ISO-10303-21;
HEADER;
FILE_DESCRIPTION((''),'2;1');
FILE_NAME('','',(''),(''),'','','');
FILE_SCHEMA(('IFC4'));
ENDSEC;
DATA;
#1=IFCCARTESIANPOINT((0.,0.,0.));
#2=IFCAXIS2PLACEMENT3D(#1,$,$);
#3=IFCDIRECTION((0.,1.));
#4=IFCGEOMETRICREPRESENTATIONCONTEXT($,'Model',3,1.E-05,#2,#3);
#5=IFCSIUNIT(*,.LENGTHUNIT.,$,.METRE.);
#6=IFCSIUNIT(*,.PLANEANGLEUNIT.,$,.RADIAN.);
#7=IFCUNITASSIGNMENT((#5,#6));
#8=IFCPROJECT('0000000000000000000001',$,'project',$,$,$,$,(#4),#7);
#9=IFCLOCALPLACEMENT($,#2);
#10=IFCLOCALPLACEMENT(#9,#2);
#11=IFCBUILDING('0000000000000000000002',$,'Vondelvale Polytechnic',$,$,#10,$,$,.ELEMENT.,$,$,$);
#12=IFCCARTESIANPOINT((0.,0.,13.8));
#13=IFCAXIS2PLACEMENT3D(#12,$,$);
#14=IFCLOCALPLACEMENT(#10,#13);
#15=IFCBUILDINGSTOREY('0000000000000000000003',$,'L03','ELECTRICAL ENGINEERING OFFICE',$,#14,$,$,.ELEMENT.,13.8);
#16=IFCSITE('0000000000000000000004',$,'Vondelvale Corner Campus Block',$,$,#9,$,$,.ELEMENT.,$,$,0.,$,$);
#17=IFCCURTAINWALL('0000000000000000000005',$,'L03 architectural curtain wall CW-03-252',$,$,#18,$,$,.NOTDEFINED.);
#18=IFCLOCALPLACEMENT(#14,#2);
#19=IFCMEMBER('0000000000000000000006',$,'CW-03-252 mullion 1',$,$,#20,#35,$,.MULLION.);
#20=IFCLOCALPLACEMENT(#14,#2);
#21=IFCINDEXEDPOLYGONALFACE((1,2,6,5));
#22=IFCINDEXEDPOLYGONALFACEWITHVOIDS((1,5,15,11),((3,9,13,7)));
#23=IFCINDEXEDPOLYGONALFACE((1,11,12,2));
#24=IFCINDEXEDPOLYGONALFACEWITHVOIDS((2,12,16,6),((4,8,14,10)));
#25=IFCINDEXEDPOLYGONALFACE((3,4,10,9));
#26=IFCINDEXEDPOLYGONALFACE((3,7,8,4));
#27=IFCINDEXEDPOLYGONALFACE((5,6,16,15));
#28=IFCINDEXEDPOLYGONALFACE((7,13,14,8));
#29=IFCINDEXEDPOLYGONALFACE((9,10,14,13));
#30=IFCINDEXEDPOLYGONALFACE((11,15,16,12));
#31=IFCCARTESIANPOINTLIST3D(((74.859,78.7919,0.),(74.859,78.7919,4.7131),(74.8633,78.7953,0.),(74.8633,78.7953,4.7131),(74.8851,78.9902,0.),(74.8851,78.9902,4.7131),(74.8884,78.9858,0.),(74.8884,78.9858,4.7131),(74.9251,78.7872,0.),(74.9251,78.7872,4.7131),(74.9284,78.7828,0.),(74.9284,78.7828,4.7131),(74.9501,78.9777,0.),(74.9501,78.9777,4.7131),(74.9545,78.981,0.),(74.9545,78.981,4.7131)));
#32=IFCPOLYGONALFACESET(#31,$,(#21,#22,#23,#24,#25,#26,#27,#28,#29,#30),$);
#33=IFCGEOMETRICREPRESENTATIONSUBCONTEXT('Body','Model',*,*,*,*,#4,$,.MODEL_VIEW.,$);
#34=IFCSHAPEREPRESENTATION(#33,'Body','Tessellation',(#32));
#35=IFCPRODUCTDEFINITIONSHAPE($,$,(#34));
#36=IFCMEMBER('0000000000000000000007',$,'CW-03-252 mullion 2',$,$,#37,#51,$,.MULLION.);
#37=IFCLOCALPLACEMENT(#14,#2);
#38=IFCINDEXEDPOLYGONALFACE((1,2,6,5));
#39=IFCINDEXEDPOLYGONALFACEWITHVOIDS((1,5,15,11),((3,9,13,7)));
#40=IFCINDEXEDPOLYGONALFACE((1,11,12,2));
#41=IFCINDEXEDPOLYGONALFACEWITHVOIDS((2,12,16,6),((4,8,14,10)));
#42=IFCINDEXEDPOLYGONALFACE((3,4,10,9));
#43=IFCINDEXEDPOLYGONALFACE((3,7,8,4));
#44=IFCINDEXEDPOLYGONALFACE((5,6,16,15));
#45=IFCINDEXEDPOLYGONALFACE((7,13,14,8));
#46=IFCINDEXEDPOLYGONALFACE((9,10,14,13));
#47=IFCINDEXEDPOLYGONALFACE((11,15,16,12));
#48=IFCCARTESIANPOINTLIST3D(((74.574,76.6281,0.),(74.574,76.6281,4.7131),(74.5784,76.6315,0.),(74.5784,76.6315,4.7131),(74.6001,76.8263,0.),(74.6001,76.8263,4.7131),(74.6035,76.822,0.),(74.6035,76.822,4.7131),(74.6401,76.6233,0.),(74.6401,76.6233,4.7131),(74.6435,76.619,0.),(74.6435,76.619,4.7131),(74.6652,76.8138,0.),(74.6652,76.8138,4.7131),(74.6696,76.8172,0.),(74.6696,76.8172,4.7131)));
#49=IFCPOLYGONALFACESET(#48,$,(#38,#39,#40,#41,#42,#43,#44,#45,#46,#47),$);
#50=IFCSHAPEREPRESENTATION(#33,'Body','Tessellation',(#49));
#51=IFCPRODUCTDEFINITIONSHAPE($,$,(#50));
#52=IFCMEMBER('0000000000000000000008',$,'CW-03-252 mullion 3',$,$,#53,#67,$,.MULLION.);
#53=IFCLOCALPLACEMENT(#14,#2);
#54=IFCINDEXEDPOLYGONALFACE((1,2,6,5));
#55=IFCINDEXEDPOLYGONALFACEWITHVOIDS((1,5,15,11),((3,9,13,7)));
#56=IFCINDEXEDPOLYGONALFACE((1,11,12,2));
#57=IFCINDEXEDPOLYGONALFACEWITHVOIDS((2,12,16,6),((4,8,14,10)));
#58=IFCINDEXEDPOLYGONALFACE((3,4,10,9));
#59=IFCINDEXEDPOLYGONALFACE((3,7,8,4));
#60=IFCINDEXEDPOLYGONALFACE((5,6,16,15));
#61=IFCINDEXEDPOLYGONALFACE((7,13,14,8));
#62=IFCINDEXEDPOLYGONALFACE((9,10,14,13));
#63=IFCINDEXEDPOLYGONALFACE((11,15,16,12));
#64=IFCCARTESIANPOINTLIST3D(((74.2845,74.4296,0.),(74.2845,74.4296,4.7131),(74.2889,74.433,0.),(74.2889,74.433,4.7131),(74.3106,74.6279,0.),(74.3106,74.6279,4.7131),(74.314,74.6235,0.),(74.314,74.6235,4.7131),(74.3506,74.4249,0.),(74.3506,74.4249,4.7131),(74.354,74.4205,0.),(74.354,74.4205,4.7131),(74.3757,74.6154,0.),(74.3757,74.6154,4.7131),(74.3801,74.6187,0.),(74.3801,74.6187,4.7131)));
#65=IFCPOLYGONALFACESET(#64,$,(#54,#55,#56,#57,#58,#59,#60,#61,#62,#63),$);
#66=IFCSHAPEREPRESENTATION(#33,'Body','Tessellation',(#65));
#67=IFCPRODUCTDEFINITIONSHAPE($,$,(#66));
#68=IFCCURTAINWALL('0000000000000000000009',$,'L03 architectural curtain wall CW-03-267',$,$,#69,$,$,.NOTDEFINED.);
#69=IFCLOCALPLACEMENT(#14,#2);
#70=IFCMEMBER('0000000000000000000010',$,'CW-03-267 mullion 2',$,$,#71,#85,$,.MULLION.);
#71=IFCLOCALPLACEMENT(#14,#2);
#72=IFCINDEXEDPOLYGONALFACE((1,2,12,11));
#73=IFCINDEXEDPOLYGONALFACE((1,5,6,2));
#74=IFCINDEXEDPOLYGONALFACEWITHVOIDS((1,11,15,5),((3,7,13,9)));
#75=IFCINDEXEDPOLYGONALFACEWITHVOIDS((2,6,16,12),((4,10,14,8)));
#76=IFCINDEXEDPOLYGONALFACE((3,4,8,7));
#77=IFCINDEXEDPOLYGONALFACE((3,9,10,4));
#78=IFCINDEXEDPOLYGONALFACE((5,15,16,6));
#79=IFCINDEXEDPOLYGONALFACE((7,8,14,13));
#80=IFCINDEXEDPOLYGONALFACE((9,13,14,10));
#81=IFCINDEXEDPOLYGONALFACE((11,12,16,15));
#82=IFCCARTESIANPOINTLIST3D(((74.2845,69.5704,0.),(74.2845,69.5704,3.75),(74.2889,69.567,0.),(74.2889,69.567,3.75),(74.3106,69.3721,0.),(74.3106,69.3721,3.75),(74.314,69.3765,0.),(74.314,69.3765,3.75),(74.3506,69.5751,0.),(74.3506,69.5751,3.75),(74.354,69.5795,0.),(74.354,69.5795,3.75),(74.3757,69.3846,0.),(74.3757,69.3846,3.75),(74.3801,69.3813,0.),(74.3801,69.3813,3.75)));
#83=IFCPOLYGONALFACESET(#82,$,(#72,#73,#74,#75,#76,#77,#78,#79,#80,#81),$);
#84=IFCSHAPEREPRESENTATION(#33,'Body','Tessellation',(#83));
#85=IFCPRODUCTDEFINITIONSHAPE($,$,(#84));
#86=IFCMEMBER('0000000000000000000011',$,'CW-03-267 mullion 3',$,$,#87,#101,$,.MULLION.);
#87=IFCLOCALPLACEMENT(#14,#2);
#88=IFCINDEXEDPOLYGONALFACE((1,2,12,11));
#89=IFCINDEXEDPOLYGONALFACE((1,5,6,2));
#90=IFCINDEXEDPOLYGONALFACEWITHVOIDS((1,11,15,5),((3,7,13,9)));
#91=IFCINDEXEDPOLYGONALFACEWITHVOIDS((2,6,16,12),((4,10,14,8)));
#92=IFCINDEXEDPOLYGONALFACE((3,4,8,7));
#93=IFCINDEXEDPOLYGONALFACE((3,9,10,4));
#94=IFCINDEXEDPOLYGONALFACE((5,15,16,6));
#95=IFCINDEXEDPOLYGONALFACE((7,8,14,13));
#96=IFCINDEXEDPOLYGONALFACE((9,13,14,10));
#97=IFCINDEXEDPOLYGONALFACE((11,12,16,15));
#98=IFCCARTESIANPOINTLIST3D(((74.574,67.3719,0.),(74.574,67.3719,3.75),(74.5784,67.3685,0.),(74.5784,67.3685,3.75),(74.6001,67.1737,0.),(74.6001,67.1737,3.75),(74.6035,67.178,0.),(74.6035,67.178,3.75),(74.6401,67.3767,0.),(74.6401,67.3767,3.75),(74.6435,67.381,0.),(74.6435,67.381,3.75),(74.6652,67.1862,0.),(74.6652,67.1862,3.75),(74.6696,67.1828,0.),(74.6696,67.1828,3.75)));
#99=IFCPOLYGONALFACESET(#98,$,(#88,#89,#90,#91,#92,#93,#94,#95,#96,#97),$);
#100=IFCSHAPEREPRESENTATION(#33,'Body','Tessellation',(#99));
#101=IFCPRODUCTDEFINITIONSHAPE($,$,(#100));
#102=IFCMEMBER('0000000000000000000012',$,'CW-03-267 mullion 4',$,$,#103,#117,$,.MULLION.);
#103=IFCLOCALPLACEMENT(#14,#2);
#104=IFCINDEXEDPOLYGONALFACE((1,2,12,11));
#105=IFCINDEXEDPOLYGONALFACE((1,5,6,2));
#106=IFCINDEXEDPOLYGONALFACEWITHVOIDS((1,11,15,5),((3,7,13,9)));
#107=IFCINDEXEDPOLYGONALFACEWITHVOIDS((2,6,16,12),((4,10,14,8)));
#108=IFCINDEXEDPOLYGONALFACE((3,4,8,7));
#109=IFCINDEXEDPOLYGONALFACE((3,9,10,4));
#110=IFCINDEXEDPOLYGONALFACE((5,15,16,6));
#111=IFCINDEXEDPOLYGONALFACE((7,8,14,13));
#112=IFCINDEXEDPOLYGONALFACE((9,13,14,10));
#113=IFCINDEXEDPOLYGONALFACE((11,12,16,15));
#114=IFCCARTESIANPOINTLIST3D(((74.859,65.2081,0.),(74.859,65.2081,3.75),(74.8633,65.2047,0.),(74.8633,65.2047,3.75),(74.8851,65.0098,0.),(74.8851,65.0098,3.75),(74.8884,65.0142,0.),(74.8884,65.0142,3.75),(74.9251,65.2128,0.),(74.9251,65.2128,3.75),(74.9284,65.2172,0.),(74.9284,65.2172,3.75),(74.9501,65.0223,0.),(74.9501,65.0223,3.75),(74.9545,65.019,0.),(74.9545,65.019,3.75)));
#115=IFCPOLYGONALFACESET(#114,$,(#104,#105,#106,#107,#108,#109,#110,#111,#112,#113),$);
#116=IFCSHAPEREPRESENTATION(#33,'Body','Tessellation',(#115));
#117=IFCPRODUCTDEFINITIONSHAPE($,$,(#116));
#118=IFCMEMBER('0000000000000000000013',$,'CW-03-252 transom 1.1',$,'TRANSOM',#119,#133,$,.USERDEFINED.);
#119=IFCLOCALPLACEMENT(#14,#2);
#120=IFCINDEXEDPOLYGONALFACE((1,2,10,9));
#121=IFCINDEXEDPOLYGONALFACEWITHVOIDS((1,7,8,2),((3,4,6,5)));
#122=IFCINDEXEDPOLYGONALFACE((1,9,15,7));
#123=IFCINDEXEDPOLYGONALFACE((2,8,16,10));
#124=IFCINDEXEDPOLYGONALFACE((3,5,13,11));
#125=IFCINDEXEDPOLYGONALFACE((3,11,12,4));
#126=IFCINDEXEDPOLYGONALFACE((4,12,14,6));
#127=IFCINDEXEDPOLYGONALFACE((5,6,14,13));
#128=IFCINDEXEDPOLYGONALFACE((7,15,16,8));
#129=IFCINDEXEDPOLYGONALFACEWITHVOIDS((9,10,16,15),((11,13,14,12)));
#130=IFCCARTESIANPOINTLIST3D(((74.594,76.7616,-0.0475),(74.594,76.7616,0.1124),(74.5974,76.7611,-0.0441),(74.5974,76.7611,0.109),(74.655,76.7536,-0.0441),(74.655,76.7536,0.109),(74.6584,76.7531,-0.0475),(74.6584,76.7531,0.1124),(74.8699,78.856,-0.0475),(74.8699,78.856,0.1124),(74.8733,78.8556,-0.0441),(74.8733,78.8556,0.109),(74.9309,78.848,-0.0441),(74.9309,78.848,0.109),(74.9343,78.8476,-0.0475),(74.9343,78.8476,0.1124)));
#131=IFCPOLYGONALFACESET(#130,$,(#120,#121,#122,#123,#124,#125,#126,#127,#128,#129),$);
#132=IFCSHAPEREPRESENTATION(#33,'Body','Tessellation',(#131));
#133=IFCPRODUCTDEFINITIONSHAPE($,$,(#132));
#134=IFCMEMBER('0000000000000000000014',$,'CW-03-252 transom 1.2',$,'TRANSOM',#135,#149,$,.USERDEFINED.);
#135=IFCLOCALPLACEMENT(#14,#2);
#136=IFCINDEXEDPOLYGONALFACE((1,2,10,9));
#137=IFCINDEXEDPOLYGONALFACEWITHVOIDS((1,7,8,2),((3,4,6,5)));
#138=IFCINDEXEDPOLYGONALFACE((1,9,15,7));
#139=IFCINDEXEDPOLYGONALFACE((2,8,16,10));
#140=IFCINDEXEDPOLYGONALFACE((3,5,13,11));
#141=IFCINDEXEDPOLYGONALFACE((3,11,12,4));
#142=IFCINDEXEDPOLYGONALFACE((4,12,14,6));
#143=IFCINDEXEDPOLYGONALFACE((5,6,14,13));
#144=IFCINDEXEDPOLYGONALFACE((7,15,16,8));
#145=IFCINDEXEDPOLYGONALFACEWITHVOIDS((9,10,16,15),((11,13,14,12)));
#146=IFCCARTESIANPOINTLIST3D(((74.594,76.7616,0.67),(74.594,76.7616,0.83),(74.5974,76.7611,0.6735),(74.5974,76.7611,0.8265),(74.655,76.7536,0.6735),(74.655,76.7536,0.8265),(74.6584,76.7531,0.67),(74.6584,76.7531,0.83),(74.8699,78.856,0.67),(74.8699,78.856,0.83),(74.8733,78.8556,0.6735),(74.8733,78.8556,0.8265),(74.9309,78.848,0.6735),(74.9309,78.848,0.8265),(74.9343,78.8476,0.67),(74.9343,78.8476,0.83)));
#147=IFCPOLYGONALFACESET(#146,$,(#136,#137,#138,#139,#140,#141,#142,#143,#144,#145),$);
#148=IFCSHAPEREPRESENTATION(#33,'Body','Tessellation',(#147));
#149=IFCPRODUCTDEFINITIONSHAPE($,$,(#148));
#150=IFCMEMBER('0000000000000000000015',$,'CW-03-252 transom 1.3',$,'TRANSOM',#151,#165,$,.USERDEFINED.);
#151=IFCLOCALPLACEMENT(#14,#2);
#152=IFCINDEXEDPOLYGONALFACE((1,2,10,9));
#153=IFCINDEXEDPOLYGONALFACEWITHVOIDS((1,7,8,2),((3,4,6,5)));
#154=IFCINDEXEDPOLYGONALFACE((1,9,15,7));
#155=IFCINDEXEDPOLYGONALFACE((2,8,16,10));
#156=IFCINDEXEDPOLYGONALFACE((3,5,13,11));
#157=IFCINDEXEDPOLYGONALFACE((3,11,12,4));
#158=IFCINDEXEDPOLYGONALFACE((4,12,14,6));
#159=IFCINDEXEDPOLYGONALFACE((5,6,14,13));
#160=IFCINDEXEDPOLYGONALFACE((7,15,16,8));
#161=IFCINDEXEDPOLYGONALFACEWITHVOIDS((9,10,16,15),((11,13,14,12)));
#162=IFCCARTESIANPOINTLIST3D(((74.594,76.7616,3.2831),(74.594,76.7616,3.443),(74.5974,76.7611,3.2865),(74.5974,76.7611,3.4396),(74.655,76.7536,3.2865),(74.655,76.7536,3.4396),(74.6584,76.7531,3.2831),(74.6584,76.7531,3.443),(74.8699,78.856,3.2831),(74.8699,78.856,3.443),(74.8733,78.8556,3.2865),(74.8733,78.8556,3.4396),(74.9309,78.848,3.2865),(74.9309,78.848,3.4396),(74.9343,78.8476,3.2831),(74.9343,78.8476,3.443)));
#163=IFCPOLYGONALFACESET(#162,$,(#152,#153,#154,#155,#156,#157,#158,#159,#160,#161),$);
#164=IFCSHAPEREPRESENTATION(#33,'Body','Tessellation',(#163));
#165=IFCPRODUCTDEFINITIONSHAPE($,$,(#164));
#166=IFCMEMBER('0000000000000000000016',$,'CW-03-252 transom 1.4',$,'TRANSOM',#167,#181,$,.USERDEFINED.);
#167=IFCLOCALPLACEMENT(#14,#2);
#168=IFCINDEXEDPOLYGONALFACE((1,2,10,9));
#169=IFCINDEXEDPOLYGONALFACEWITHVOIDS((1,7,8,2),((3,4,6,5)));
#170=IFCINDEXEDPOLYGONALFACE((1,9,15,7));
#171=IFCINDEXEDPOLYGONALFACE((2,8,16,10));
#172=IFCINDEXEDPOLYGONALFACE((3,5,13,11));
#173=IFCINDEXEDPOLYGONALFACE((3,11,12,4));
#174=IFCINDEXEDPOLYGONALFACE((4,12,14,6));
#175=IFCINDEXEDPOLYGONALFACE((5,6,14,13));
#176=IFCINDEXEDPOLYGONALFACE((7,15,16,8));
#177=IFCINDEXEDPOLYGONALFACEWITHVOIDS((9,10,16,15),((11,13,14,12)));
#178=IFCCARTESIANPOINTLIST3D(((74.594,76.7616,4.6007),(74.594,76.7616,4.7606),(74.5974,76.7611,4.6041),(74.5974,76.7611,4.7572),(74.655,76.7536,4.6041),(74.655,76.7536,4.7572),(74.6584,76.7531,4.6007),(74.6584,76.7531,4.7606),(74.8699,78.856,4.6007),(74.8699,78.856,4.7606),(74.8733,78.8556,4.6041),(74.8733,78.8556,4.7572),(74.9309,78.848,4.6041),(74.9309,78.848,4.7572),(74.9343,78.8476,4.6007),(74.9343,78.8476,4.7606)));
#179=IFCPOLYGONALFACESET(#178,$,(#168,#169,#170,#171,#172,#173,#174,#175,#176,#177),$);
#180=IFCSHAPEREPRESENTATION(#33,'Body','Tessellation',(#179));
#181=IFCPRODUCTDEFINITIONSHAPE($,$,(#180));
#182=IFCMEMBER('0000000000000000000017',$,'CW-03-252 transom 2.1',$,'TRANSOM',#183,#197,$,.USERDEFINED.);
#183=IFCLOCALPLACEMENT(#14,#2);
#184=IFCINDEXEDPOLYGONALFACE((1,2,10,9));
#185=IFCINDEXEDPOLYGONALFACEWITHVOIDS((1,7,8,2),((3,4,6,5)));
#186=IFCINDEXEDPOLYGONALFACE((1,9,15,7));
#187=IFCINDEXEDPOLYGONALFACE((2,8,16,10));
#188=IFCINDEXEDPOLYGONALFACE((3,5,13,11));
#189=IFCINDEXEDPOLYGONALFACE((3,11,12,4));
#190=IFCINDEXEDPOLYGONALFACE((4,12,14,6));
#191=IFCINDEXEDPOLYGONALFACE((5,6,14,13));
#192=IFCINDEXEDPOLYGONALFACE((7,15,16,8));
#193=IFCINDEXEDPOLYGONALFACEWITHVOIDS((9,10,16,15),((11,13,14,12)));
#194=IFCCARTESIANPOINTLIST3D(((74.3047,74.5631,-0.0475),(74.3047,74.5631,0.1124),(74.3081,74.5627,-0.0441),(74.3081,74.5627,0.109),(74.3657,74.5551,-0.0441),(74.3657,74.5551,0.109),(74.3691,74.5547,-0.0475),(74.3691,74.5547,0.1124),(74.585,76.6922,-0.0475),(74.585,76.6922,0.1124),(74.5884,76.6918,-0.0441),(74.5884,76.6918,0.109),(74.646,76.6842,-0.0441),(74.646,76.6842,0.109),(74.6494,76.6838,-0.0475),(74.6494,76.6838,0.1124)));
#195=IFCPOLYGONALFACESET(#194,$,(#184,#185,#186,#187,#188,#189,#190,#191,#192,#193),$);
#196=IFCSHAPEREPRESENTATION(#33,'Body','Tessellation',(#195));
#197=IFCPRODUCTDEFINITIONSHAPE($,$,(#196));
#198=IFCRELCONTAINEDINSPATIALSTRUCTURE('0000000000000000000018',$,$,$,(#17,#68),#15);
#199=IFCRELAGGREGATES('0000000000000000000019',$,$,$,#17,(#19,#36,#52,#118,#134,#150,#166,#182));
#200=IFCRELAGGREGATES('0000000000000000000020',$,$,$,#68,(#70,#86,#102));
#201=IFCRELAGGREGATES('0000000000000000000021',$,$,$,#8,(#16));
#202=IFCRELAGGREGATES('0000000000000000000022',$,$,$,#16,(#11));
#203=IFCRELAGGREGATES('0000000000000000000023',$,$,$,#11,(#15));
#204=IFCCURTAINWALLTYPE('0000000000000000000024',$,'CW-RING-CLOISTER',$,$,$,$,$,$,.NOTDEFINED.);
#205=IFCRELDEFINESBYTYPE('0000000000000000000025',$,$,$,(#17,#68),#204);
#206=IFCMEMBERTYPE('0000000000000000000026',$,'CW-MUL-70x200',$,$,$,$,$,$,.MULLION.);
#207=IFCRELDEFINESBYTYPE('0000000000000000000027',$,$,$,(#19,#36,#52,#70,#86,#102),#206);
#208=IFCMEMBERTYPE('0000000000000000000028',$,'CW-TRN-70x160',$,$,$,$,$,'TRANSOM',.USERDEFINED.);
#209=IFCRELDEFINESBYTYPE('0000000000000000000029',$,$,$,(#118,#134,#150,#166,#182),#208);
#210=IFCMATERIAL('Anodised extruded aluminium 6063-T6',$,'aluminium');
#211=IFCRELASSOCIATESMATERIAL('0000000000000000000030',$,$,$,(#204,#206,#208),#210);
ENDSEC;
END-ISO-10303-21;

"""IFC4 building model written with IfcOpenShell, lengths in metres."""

from ifc_helpers import new_model, si_unit, direction, frame, origin, origin_2d, place, context, subcontext, project, spatial, hollow_rectangle, extrude, material, material_profile, profile_set, type_object, element, aggregate, save


model = new_model("IFC4")

# Units and contexts
model_context = context("Model", 3, precision=1e-05, world=origin(), true_north=direction((0.0, 1.0)))
body_context = subcontext(model_context, "Body", "Model", "MODEL_VIEW")
ifc_project = project(units=[si_unit("LENGTHUNIT", "METRE"), si_unit("PLANEANGLEUNIT", "RADIAN")], contexts=[model_context])

# Site, building, storey
site_placement = place(None, origin())
site = spatial("IfcSite", under=ifc_project, at=site_placement, Name="Vondelvale Corner Campus Block", CompositionType="ELEMENT", RefElevation=0.0)
building_placement = place(site_placement, origin())
building = spatial("IfcBuilding", under=site, at=building_placement, Name="Vondelvale Polytechnic", CompositionType="ELEMENT")
storey_placement = place(building_placement, frame((0.0, 0.0, 13.8)))
storey = spatial("IfcBuildingStorey", under=building, at=storey_placement, Name="L03", Description="ELECTRICAL ENGINEERING OFFICE", CompositionType="ELEMENT", Elevation=13.8)

# Curtain walls, members
ifc_material_1 = material(Name="Anodised extruded aluminium 6063-T6", Category="aluminium")
curtain_wall_type = type_object("IfcCurtainWallType", Name="CW-RING-CLOISTER", PredefinedType="NOTDEFINED", material=ifc_material_1)
curtain_wall_1_placement = place(storey_placement, origin())
curtain_wall_1 = element("IfcCurtainWall", 1, at=curtain_wall_1_placement, inside=storey, type_object=curtain_wall_type, Name="L03 architectural curtain wall CW-03-252", PredefinedType="NOTDEFINED")
ifc_material_profile_1 = material_profile(ifc_material_1, hollow_rectangle(XDim=0.0701, YDim=0.2, WallThickness=0.0039, at=origin_2d()), Name="CW-MUL-200x70")
ifc_profile_set_1 = profile_set([ifc_material_profile_1], Name="Anodised extruded aluminium 6063-T6")
member_type_1 = type_object("IfcMemberType", Name="CW-MUL-70x200", PredefinedType="MULLION", material=ifc_profile_set_1)
member_1_placement = place(storey_placement, frame((74.9067, 78.8865, 0.0), z_axis=(0.0, 0.0, 1.0), x_axis=(0.991445, -0.130528, 0.0)))
member_1 = element("IfcMember", 2, at=member_1_placement, type_object=member_type_1, Name="CW-03-252 mullion 1", PredefinedType="MULLION", context=body_context, shape_type="SweptSolid", body=[
    extrude(hollow_rectangle(XDim=0.0701, YDim=0.2, WallThickness=0.0039, at=origin_2d()), origin(), (0.0, 0.0, 1.0), 4.7131),
])
member_2_placement = place(storey_placement, frame((74.6218, 76.7227, 0.0), z_axis=(0.0, 0.0, 1.0), x_axis=(0.991445, -0.130528, 0.0)))
member_2 = element("IfcMember", 3, at=member_2_placement, type_object=member_type_1, Name="CW-03-252 mullion 2", PredefinedType="MULLION", context=body_context, shape_type="SweptSolid", body=[
    extrude(hollow_rectangle(XDim=0.0701, YDim=0.2, WallThickness=0.0039, at=origin_2d()), origin(), (0.0, 0.0, 1.0), 4.7131),
])
member_3_placement = place(storey_placement, frame((74.3323, 74.5242, 0.0), z_axis=(0.0, 0.0, 1.0), x_axis=(0.991445, -0.130528, 0.0)))
member_3 = element("IfcMember", 4, at=member_3_placement, type_object=member_type_1, Name="CW-03-252 mullion 3", PredefinedType="MULLION", context=body_context, shape_type="SweptSolid", body=[
    extrude(hollow_rectangle(XDim=0.0701, YDim=0.2, WallThickness=0.0039, at=origin_2d()), origin(), (0.0, 0.0, 1.0), 4.7131),
])
curtain_wall_2_placement = place(storey_placement, origin())
curtain_wall_2 = element("IfcCurtainWall", 5, at=curtain_wall_2_placement, inside=storey, type_object=curtain_wall_type, Name="L03 architectural curtain wall CW-03-267", PredefinedType="NOTDEFINED")
member_4_placement = place(storey_placement, frame((74.3323, 69.4758, 0.0), z_axis=(0.0, 0.0, 1.0), x_axis=(0.991445, 0.130528, 0.0)))
member_4 = element("IfcMember", 6, at=member_4_placement, type_object=member_type_1, Name="CW-03-267 mullion 2", PredefinedType="MULLION", context=body_context, shape_type="SweptSolid", body=[
    extrude(hollow_rectangle(XDim=0.0701, YDim=0.2, WallThickness=0.0039, at=origin_2d()), origin(), (0.0, 0.0, 1.0), 3.75),
])
member_5_placement = place(storey_placement, frame((74.6218, 67.2773, 0.0), z_axis=(0.0, 0.0, 1.0), x_axis=(0.991445, 0.130528, 0.0)))
member_5 = element("IfcMember", 7, at=member_5_placement, type_object=member_type_1, Name="CW-03-267 mullion 3", PredefinedType="MULLION", context=body_context, shape_type="SweptSolid", body=[
    extrude(hollow_rectangle(XDim=0.0701, YDim=0.2, WallThickness=0.0039, at=origin_2d()), origin(), (0.0, 0.0, 1.0), 3.75),
])
member_6_placement = place(storey_placement, frame((74.9067, 65.1135, 0.0), z_axis=(0.0, 0.0, 1.0), x_axis=(0.991445, 0.130528, 0.0)))
member_6 = element("IfcMember", 8, at=member_6_placement, type_object=member_type_1, Name="CW-03-267 mullion 4", PredefinedType="MULLION", context=body_context, shape_type="SweptSolid", body=[
    extrude(hollow_rectangle(XDim=0.0701, YDim=0.2, WallThickness=0.0039, at=origin_2d()), origin(), (0.0, 0.0, 1.0), 3.75),
])

# Members
ifc_material_profile_2 = material_profile(ifc_material_1, hollow_rectangle(XDim=0.0649, YDim=0.1599, WallThickness=0.0034, at=origin_2d()), Name="CW-TRN-160x65")
ifc_profile_set_2 = profile_set([ifc_material_profile_2], Name="Anodised extruded aluminium 6063-T6")
member_type_2 = type_object("IfcMemberType", Name="CW-TRN-70x160", ElementType="TRANSOM", PredefinedType="USERDEFINED", material=ifc_profile_set_2)
member_7_placement = place(storey_placement, frame((74.9021, 78.8518, 0.0325), z_axis=(-0.130589, -0.991437, 0.0), x_axis=(0.991437, -0.130589, 0.0)))
member_7 = element("IfcMember", 9, at=member_7_placement, type_object=member_type_2, Name="CW-03-252 transom 1.1", ObjectType="TRANSOM", PredefinedType="USERDEFINED", context=body_context, shape_type="SweptSolid", body=[
    extrude(hollow_rectangle(XDim=0.0649, YDim=0.1599, WallThickness=0.0034, at=origin_2d()), origin(), (0.0, 0.0, 1.0), 2.1125),
])
member_8_placement = place(storey_placement, frame((74.9021, 78.8518, 0.75), z_axis=(-0.130589, -0.991437, 0.0), x_axis=(0.991437, -0.130589, 0.0)))
member_8 = element("IfcMember", 10, at=member_8_placement, type_object=member_type_2, Name="CW-03-252 transom 1.2", ObjectType="TRANSOM", PredefinedType="USERDEFINED", context=body_context, shape_type="SweptSolid", body=[
    extrude(hollow_rectangle(XDim=0.0649, YDim=0.1599, WallThickness=0.0034, at=origin_2d()), origin(), (0.0, 0.0, 1.0), 2.1125),
])
member_9_placement = place(storey_placement, frame((74.9021, 78.8518, 3.363), z_axis=(-0.130589, -0.991437, 0.0), x_axis=(0.991437, -0.130589, 0.0)))
member_9 = element("IfcMember", 11, at=member_9_placement, type_object=member_type_2, Name="CW-03-252 transom 1.3", ObjectType="TRANSOM", PredefinedType="USERDEFINED", context=body_context, shape_type="SweptSolid", body=[
    extrude(hollow_rectangle(XDim=0.0649, YDim=0.1599, WallThickness=0.0034, at=origin_2d()), origin(), (0.0, 0.0, 1.0), 2.1125),
])
member_10_placement = place(storey_placement, frame((74.9021, 78.8518, 4.6807), z_axis=(-0.130589, -0.991437, 0.0), x_axis=(0.991437, -0.130589, 0.0)))
member_10 = element("IfcMember", 12, at=member_10_placement, type_object=member_type_2, Name="CW-03-252 transom 1.4", ObjectType="TRANSOM", PredefinedType="USERDEFINED", context=body_context, shape_type="SweptSolid", body=[
    extrude(hollow_rectangle(XDim=0.0649, YDim=0.1599, WallThickness=0.0034, at=origin_2d()), origin(), (0.0, 0.0, 1.0), 2.1125),
])
member_11_placement = place(storey_placement, frame((74.6172, 76.688, 0.0325), z_axis=(-0.13051, -0.991447, 0.0), x_axis=(0.991447, -0.13051, 0.0)))
member_11 = element("IfcMember", 13, at=member_11_placement, type_object=member_type_2, Name="CW-03-252 transom 2.1", ObjectType="TRANSOM", PredefinedType="USERDEFINED", context=body_context, shape_type="SweptSolid", body=[
    extrude(hollow_rectangle(XDim=0.0649, YDim=0.1599, WallThickness=0.0034, at=origin_2d()), origin(), (0.0, 0.0, 1.0), 2.1475),
])

aggregate(curtain_wall_1, [member_1, member_2, member_3, member_7, member_8, member_9, member_10, member_11])
aggregate(curtain_wall_2, [member_4, member_5, member_6])

save(model, "model.ifc")
